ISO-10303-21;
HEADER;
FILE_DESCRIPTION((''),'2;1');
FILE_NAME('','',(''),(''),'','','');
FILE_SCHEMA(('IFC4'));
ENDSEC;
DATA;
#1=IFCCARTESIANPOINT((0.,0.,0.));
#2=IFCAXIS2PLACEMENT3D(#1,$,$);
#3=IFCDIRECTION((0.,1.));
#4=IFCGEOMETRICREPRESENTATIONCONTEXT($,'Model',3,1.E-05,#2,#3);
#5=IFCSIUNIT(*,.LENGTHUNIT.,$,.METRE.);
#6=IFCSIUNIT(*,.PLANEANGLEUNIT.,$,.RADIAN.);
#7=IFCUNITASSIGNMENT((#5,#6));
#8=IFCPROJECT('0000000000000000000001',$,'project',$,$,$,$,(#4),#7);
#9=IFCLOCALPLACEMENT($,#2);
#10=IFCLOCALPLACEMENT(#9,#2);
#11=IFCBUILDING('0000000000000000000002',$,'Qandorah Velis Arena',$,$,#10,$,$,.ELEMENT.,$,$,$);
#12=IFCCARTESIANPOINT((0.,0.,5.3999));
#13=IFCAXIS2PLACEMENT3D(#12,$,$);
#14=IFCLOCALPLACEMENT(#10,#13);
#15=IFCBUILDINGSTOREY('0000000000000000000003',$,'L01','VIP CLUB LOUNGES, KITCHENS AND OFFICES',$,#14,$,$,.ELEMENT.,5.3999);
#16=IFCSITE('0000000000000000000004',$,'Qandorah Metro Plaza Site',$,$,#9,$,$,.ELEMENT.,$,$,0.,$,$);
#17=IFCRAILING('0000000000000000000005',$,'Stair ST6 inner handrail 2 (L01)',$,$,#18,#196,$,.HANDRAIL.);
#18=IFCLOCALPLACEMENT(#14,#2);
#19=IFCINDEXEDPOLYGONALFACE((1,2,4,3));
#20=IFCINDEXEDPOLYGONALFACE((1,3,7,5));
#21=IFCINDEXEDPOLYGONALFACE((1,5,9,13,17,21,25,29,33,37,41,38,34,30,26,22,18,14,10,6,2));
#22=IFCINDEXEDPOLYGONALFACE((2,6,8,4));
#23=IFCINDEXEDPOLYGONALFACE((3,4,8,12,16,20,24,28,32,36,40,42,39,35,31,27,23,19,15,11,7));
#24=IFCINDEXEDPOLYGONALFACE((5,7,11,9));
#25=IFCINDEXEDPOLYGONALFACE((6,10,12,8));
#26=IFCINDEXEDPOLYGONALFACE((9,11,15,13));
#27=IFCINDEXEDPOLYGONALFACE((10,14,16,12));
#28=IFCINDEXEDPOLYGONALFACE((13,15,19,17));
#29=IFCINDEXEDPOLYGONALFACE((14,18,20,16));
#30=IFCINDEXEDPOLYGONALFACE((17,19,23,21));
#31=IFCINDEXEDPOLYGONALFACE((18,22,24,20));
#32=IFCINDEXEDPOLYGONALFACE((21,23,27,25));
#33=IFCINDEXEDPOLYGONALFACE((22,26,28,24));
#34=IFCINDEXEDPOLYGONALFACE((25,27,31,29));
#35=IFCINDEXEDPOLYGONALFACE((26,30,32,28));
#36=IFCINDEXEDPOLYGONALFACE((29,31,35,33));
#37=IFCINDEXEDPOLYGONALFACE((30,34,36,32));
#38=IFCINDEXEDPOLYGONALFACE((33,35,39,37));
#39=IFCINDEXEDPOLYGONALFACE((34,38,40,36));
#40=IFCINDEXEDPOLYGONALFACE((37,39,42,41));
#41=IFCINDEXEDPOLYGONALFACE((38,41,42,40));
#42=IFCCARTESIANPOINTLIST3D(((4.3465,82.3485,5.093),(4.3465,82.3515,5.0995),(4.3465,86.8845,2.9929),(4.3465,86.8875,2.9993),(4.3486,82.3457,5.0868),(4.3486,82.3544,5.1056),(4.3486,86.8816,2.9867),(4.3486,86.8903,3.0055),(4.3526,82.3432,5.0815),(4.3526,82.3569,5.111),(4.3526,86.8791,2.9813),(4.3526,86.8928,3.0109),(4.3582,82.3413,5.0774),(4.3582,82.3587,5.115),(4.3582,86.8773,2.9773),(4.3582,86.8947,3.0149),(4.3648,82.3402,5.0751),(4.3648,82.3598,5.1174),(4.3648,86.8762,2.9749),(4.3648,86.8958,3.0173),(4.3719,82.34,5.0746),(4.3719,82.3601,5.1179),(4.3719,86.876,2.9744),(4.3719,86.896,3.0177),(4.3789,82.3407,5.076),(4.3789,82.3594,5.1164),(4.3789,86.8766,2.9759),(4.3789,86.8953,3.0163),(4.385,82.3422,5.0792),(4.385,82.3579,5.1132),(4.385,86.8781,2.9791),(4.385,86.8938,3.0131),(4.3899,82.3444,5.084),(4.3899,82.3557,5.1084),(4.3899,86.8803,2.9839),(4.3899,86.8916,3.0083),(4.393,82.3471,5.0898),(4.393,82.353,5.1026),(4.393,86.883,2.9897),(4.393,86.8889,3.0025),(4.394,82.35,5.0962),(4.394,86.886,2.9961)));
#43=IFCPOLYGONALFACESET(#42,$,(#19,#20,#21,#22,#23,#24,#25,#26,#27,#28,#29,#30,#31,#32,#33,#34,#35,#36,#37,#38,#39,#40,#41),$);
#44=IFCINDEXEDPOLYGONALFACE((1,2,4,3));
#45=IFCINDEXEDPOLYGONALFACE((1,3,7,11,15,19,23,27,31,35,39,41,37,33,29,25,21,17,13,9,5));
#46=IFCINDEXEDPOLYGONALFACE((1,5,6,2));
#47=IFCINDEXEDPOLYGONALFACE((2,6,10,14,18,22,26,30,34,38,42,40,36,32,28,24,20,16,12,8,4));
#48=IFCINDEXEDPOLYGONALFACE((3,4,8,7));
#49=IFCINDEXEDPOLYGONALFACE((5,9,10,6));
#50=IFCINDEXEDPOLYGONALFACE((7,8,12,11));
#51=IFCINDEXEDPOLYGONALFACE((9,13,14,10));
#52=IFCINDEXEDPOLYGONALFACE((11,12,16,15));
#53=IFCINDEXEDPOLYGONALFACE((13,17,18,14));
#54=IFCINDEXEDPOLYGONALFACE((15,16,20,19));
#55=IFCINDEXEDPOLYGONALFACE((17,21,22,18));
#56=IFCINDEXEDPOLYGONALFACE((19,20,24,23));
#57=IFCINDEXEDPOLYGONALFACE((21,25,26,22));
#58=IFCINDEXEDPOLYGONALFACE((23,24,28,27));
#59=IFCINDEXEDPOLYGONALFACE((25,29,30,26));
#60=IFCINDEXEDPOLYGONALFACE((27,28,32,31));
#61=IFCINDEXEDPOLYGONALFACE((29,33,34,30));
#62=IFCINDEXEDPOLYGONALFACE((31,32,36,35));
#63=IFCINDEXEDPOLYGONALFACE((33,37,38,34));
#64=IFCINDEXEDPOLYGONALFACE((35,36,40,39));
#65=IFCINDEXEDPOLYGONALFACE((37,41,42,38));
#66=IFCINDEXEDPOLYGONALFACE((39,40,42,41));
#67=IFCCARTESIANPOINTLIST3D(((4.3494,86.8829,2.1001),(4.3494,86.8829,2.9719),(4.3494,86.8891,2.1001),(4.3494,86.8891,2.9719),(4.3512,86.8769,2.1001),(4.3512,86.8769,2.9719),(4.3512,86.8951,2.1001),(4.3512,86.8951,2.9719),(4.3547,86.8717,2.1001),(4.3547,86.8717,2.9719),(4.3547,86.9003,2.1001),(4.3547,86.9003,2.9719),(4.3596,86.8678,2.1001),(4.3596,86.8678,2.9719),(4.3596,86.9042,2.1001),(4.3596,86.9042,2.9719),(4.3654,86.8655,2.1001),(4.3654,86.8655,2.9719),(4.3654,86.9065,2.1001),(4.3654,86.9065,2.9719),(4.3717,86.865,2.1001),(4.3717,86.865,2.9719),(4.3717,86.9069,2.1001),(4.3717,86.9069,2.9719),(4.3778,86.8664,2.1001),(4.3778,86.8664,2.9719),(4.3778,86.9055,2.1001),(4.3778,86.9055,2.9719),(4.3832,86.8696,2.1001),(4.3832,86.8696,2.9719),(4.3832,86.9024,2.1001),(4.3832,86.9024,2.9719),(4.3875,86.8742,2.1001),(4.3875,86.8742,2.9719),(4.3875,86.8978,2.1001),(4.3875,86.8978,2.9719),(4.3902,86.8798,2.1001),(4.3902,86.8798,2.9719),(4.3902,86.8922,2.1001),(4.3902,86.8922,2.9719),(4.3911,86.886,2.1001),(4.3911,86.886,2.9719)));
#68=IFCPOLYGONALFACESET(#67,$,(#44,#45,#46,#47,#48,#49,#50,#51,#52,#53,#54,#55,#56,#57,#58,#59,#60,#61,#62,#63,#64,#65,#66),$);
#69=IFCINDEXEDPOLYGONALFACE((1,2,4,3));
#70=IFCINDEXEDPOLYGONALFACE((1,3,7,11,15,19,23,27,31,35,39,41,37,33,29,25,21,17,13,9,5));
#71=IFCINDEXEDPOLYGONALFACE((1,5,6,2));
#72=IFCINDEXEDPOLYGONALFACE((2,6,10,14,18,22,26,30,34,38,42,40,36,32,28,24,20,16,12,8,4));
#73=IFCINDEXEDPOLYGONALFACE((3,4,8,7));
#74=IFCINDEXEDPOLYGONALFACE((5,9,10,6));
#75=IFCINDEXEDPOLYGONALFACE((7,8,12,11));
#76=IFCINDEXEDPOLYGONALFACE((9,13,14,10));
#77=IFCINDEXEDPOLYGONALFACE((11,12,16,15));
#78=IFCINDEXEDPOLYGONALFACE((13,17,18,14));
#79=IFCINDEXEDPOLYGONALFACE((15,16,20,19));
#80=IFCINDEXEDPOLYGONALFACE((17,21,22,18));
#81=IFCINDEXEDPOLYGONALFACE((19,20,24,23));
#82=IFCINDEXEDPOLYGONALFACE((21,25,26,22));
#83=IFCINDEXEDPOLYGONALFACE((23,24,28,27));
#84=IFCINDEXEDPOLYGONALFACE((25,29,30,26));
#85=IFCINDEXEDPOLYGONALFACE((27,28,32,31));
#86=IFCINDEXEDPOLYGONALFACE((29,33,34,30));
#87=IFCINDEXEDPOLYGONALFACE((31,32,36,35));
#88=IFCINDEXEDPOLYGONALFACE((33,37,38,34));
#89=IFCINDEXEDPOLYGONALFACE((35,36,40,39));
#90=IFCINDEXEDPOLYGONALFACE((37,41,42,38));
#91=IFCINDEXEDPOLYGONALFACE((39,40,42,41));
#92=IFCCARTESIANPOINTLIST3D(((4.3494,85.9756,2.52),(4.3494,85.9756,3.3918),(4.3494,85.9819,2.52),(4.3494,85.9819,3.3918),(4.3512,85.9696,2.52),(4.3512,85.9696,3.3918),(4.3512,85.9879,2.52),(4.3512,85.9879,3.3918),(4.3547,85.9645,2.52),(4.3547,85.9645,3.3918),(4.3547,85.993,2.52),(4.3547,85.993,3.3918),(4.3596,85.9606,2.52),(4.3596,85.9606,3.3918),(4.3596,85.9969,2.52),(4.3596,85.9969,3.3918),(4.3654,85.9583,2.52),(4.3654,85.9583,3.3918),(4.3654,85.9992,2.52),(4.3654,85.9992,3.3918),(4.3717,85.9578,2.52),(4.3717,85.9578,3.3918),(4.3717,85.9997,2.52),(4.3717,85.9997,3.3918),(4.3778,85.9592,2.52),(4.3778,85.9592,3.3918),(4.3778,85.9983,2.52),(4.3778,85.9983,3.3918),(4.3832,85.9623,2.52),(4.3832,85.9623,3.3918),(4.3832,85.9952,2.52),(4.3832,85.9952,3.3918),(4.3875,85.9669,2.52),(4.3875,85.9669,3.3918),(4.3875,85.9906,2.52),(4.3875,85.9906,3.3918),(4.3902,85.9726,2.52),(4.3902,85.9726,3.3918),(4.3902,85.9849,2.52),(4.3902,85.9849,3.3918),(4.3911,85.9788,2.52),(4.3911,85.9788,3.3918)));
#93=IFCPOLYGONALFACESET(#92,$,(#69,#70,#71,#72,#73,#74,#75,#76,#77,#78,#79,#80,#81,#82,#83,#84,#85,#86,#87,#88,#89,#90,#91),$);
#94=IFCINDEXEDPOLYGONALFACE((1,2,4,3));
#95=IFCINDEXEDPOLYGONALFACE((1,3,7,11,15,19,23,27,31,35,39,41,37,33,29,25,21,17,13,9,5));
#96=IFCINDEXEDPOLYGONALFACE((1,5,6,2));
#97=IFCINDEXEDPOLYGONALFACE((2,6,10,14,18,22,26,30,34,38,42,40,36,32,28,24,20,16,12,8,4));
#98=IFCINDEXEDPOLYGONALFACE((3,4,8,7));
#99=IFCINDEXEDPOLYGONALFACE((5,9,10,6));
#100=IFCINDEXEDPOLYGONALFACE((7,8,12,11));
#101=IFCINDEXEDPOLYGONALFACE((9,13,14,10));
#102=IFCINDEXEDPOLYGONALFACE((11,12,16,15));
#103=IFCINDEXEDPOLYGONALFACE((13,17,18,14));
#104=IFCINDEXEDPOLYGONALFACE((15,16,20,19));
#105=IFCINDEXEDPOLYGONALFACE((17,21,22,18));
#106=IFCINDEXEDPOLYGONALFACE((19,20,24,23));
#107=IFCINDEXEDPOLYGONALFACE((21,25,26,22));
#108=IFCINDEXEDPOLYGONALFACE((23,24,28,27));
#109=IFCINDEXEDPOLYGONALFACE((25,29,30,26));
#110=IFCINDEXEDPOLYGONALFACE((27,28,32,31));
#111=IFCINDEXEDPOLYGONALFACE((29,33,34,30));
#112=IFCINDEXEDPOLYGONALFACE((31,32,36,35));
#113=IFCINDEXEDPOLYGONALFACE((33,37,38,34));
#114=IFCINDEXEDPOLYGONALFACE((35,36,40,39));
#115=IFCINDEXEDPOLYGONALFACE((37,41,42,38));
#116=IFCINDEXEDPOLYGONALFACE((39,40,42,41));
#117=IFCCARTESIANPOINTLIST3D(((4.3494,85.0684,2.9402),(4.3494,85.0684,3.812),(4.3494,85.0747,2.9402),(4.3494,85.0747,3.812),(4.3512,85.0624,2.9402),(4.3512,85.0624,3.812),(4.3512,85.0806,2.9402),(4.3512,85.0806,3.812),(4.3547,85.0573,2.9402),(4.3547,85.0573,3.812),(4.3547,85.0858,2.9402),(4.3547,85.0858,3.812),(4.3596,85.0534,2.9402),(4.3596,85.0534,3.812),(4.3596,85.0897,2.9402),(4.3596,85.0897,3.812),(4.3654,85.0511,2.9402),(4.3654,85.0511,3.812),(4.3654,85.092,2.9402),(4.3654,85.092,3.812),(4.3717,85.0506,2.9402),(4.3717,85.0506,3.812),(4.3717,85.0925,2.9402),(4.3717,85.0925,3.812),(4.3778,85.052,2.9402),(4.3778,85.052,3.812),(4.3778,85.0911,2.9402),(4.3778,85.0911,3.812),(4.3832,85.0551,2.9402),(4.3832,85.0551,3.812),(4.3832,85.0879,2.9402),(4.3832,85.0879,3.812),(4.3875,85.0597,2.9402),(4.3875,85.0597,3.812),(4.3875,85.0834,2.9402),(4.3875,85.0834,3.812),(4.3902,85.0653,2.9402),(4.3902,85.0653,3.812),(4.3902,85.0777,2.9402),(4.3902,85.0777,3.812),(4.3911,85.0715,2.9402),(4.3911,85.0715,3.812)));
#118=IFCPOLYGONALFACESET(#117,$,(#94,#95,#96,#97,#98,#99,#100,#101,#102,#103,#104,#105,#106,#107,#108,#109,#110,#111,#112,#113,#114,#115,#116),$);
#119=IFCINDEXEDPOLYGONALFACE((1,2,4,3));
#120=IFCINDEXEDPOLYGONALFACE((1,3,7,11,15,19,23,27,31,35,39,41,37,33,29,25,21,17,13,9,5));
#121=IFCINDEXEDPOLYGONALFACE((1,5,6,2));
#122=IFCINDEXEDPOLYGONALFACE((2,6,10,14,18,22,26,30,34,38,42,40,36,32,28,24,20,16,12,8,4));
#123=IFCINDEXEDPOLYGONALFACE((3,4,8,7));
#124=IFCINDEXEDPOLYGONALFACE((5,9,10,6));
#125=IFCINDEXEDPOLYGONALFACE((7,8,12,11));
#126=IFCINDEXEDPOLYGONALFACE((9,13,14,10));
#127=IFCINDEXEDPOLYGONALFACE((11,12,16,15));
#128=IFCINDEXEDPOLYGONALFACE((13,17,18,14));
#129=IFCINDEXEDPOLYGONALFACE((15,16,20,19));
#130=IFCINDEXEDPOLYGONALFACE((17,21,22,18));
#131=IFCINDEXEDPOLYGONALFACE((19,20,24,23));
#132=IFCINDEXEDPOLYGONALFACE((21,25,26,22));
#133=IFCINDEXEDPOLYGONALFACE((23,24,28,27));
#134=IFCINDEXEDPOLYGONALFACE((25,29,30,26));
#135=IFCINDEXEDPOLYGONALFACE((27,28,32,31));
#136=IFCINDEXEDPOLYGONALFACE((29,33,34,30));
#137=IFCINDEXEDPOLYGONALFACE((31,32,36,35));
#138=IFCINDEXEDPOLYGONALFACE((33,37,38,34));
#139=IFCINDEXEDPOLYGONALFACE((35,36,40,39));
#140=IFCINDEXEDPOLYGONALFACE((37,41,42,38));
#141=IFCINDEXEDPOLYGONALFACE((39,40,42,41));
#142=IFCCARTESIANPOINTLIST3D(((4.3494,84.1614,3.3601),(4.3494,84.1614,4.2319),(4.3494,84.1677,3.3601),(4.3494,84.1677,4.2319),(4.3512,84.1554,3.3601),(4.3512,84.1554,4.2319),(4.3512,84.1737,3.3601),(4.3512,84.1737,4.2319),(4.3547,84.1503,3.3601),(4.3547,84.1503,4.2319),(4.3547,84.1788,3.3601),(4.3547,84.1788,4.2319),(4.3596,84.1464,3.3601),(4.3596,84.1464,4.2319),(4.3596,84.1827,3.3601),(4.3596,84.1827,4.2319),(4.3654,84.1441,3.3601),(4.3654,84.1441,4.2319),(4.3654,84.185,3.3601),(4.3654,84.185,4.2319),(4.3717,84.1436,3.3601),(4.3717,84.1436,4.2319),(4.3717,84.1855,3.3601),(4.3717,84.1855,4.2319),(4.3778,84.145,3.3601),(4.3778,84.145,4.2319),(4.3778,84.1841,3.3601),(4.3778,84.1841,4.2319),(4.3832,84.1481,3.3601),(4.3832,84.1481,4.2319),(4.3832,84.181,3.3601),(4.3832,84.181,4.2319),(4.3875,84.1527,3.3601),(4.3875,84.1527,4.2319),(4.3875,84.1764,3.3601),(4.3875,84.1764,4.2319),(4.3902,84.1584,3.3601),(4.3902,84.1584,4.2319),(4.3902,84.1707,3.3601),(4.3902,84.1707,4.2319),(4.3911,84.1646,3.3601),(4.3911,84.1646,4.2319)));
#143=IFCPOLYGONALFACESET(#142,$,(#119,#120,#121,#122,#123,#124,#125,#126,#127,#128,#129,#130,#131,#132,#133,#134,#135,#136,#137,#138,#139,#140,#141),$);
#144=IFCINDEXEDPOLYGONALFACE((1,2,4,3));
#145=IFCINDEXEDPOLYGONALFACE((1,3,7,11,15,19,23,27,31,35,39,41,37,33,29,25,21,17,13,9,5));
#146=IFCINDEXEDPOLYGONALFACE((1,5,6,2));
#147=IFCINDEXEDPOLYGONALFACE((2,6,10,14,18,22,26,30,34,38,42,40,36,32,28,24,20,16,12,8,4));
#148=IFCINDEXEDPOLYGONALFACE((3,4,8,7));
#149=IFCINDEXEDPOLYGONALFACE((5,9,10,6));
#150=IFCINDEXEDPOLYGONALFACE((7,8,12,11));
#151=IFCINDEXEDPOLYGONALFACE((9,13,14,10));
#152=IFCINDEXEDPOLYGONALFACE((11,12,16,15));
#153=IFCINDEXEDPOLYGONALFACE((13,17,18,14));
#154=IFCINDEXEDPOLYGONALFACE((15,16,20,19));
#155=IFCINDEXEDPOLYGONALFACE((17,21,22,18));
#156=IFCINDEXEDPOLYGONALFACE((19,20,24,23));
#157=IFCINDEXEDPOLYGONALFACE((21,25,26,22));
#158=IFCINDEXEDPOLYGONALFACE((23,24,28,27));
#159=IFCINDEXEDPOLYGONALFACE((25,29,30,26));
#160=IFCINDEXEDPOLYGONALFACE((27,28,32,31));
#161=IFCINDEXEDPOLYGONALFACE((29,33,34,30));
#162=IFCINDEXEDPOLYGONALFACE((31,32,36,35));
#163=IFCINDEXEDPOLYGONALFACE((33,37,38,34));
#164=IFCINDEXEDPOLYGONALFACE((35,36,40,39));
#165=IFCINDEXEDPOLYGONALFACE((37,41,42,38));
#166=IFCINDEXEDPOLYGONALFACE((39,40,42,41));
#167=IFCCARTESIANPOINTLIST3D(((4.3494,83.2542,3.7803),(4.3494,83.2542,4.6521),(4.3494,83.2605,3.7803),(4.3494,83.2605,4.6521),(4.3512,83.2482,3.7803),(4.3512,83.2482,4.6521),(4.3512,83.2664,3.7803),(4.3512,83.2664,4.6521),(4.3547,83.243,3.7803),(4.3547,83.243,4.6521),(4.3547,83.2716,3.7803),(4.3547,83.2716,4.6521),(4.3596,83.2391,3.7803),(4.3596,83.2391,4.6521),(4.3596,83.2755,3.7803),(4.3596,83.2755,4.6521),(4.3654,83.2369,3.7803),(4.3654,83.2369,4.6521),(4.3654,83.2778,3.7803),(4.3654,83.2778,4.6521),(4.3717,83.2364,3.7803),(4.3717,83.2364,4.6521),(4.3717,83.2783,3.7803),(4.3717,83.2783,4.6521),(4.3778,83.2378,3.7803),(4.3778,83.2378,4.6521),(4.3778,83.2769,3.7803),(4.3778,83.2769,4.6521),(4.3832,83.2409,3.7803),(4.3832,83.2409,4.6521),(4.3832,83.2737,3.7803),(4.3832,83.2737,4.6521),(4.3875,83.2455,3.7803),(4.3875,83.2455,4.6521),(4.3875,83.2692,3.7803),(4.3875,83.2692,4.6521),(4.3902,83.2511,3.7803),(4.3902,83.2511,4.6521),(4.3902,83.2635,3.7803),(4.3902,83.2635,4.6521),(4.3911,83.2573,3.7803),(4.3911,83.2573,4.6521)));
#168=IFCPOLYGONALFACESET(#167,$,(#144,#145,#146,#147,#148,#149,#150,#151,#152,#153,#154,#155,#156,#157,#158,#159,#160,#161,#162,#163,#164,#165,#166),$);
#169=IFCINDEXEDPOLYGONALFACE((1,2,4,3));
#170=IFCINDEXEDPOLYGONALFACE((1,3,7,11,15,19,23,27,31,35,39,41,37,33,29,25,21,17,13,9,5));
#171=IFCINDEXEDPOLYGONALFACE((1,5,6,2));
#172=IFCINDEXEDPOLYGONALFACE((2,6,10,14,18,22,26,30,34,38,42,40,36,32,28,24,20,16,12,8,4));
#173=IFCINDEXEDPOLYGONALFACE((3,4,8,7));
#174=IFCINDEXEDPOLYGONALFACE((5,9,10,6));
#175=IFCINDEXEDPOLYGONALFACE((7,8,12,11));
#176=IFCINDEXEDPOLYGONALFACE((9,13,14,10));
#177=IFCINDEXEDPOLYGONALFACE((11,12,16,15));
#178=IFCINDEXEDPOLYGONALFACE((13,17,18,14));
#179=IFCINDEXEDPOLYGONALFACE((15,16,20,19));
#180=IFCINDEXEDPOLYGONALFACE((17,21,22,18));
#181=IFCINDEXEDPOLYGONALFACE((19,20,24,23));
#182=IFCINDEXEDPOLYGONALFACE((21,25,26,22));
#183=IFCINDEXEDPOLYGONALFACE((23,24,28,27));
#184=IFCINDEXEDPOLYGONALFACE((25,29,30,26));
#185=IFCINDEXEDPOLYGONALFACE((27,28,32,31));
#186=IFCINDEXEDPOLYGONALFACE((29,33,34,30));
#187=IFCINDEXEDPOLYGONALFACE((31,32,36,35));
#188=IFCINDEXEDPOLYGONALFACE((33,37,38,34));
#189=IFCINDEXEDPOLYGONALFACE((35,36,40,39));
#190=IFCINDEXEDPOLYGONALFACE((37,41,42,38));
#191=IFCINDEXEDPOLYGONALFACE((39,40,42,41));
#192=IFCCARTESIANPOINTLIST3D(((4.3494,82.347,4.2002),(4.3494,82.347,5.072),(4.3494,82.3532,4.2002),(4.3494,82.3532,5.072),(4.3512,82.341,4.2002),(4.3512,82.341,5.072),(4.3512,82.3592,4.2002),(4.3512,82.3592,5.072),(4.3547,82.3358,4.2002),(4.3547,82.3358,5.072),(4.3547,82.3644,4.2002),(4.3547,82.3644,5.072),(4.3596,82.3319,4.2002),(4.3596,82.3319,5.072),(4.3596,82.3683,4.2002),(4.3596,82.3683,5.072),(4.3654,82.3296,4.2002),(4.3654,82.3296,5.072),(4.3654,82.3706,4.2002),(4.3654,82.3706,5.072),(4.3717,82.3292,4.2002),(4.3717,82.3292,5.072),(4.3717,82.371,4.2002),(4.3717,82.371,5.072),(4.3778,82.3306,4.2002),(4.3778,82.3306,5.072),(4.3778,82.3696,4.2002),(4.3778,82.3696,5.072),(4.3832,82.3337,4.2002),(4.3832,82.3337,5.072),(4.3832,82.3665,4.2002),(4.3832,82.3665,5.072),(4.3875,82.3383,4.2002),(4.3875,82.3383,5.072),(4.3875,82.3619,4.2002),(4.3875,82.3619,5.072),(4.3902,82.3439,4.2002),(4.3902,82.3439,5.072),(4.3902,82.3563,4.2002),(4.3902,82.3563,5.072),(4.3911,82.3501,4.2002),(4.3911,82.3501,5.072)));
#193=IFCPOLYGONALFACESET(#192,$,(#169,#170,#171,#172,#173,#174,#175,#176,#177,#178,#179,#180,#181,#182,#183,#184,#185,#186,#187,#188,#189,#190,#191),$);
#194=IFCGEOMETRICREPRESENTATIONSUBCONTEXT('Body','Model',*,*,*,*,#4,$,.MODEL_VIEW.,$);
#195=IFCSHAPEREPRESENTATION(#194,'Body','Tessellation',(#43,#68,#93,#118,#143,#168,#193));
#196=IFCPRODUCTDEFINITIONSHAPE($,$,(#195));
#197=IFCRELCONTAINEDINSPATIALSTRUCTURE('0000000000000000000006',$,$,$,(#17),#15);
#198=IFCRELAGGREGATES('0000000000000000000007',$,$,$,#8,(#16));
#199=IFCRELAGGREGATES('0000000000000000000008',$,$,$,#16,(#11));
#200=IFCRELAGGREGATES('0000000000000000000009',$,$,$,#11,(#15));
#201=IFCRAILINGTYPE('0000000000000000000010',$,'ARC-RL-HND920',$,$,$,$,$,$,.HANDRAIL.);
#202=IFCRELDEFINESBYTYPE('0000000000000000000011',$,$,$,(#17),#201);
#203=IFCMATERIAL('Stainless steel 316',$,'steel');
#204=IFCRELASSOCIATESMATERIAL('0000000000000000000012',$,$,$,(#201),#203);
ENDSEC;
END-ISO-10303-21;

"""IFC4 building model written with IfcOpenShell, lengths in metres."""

from ifc_helpers import new_model, si_unit, direction, frame, origin, origin_2d, place, context, subcontext, project, spatial, circle, extrude, material, type_object, element, save


model = new_model("IFC4")

# Units and contexts
model_context = context("Model", 3, precision=1e-05, world=origin(), true_north=direction((0.0, 1.0)))
body_context = subcontext(model_context, "Body", "Model", "MODEL_VIEW")
ifc_project = project(units=[si_unit("LENGTHUNIT", "METRE"), si_unit("PLANEANGLEUNIT", "RADIAN")], contexts=[model_context])

# Site, building, storey
site_placement = place(None, origin())
site = spatial("IfcSite", under=ifc_project, at=site_placement, Name="Qandorah Metro Plaza Site", CompositionType="ELEMENT", RefElevation=0.0)
building_placement = place(site_placement, origin())
building = spatial("IfcBuilding", under=site, at=building_placement, Name="Qandorah Velis Arena", CompositionType="ELEMENT")
storey_placement = place(building_placement, frame((0.0, 0.0, 5.3999)))
storey = spatial("IfcBuildingStorey", under=building, at=storey_placement, Name="L01", Description="VIP CLUB LOUNGES, KITCHENS AND OFFICES", CompositionType="ELEMENT", Elevation=5.3999)

# Railing
ifc_material_1 = material(Name="Stainless steel 316", Category="steel")
railing_type_1 = type_object("IfcRailingType", Name="ARC-RL-HND920", PredefinedType="HANDRAIL", material=ifc_material_1)
railing_1_placement = place(storey_placement, frame((4.3701, 86.886, 2.1001)))
element("IfcRailing", 1, at=railing_1_placement, inside=storey, type_object=railing_type_1, Name="Stair ST6 inner handrail 2 (L01)", PredefinedType="HANDRAIL", context=body_context, shape_type="SweptSolid", body=[
    extrude(circle(Radius=0.0239, at=origin_2d()), frame((0.0, 0.0, 0.896), z_axis=(0.0, -0.907456, 0.420148), x_axis=(1.0, 0.0, 0.0)), (0.0, 0.0, 1.0), 4.9985),
    extrude(circle(Radius=0.021, at=origin_2d()), origin(), (0.0, 0.0, 1.0), 0.8718),
    extrude(circle(Radius=0.021, at=origin_2d()), frame((0.0, -0.9072, 0.4199)), (0.0, 0.0, 1.0), 0.8718),
    extrude(circle(Radius=0.021, at=origin_2d()), frame((0.0, -1.8145, 0.8401)), (0.0, 0.0, 1.0), 0.8718),
    extrude(circle(Radius=0.021, at=origin_2d()), frame((0.0, -2.7214, 1.26)), (0.0, 0.0, 1.0), 0.8718),
    extrude(circle(Radius=0.021, at=origin_2d()), frame((0.0, -3.6287, 1.6802)), (0.0, 0.0, 1.0), 0.8718),
    extrude(circle(Radius=0.021, at=origin_2d()), frame((0.0, -4.5359, 2.1001)), (0.0, 0.0, 1.0), 0.8718),
])

save(model, "model.ifc")
